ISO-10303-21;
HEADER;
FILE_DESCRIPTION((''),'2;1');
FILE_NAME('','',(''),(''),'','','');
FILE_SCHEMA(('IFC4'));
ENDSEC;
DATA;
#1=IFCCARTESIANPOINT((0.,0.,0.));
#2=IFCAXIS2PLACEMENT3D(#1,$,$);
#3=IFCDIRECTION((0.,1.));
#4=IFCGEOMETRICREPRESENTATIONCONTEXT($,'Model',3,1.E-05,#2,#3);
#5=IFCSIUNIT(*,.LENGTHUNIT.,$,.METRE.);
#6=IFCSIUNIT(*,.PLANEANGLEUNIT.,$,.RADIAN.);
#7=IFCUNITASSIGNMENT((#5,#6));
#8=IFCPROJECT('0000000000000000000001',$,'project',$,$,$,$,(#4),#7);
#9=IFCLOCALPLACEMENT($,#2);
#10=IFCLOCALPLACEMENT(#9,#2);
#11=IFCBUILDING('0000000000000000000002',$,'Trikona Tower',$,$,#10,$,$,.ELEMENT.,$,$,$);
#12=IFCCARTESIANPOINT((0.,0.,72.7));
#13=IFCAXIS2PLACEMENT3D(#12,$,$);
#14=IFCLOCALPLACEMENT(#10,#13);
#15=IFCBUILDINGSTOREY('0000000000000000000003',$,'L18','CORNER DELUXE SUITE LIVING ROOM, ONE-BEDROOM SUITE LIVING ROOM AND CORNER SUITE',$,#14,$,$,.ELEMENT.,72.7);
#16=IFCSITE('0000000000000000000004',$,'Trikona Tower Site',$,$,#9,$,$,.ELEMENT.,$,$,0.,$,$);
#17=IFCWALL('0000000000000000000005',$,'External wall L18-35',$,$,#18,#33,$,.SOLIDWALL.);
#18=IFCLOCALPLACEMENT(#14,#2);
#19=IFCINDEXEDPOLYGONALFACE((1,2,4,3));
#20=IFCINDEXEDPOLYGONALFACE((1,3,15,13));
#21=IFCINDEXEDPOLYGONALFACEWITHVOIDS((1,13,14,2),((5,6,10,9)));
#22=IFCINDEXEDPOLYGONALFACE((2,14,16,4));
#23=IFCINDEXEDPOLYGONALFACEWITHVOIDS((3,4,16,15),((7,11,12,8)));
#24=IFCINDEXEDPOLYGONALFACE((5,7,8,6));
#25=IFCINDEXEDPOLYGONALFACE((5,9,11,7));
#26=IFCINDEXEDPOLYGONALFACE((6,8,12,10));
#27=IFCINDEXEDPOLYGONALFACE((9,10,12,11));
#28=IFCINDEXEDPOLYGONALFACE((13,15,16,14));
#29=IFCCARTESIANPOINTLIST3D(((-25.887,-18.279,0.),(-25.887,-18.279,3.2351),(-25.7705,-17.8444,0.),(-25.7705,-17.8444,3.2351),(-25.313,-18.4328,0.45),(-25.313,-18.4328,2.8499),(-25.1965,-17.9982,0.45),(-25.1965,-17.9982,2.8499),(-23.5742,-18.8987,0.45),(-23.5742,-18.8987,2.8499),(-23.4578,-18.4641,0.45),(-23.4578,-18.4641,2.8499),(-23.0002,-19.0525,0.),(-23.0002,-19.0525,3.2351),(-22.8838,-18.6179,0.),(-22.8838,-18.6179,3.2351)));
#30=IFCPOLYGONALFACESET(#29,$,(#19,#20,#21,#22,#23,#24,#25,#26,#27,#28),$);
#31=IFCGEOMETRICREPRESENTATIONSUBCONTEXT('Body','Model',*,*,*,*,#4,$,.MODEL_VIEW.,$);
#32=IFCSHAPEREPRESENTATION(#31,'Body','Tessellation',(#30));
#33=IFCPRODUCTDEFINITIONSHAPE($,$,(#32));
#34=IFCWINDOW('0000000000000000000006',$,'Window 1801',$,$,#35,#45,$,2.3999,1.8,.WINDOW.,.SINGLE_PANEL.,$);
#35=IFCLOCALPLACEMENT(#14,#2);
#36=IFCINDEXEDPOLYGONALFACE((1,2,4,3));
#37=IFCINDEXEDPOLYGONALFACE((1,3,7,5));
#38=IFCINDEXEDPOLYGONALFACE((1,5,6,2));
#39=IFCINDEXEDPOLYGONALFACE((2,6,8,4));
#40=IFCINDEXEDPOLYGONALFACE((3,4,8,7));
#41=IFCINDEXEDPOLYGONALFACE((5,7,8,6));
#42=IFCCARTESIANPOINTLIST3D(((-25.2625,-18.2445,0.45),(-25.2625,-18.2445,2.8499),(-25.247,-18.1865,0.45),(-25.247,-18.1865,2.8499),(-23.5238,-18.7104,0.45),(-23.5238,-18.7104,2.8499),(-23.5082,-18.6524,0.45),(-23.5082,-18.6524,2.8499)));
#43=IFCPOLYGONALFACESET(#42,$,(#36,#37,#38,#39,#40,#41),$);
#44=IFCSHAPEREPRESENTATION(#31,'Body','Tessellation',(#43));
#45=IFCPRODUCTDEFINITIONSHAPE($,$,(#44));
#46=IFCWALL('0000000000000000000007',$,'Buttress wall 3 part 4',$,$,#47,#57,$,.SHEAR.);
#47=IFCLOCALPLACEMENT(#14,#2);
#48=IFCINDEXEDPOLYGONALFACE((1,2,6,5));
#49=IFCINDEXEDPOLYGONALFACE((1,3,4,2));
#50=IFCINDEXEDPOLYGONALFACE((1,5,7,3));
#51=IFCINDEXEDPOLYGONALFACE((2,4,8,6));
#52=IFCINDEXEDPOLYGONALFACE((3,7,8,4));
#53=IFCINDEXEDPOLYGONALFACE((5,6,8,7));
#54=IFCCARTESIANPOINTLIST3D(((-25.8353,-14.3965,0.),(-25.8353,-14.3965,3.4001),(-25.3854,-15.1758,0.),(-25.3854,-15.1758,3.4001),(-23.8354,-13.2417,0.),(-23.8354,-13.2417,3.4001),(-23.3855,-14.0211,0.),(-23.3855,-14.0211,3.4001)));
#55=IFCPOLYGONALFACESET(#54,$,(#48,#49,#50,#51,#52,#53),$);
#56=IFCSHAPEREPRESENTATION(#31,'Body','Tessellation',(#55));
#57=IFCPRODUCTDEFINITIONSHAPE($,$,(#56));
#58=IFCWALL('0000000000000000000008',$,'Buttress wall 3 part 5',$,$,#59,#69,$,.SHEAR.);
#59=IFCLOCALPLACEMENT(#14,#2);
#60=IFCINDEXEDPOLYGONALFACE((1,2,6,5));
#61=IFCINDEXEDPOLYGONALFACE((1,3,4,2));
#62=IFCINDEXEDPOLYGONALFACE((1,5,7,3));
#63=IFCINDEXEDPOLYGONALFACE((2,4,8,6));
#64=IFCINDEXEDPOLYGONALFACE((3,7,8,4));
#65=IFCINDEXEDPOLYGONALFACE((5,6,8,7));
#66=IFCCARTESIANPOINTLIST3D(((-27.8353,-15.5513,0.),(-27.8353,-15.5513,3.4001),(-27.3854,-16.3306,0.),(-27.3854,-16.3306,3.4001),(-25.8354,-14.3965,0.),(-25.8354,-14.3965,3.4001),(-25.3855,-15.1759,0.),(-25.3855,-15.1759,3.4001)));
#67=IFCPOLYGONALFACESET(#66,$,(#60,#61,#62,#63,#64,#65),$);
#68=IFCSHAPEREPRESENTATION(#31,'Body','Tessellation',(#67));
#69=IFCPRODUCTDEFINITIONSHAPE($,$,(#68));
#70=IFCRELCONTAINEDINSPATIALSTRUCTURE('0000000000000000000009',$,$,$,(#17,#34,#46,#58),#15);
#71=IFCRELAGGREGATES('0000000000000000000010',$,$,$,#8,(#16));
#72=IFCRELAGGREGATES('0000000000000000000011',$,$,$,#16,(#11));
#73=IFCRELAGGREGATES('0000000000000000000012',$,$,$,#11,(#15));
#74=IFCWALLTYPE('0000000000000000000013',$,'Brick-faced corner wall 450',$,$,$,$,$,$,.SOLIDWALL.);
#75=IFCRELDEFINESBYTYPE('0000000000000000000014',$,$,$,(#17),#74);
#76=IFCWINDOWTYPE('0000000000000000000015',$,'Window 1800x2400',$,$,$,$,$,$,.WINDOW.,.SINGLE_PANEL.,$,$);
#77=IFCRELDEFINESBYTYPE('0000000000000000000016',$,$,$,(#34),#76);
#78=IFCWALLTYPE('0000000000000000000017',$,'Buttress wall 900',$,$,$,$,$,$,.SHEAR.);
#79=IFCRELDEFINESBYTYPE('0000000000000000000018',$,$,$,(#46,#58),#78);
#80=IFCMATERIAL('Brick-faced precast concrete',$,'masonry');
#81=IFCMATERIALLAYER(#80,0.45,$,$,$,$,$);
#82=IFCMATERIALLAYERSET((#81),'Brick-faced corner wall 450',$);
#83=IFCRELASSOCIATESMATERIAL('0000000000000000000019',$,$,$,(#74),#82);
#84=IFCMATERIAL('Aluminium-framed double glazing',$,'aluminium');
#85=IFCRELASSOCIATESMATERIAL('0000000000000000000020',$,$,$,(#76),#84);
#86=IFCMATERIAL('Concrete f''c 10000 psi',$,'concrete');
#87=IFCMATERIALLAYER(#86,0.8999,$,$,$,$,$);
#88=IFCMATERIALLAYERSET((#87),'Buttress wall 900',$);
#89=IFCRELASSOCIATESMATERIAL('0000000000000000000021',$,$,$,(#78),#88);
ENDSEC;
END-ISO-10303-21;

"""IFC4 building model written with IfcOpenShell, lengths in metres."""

from ifc_helpers import new_model, si_unit, direction, frame, frame_2d, origin, place, context, subcontext, project, spatial, rectangle, extrude, material, layer, layer_set, type_object, element, fill, save


model = new_model("IFC4")

# Units and contexts
model_context = context("Model", 3, precision=1e-05, world=origin(), true_north=direction((0.0, 1.0)))
body_context = subcontext(model_context, "Body", "Model", "MODEL_VIEW")
ifc_project = project(units=[si_unit("LENGTHUNIT", "METRE"), si_unit("PLANEANGLEUNIT", "RADIAN")], contexts=[model_context])

# Site, building, storey
site_placement = place(None, origin())
site = spatial("IfcSite", under=ifc_project, at=site_placement, Name="Trikona Tower Site", CompositionType="ELEMENT", RefElevation=0.0)
building_placement = place(site_placement, origin())
building = spatial("IfcBuilding", under=site, at=building_placement, Name="Trikona Tower", CompositionType="ELEMENT")
storey_placement = place(building_placement, frame((0.0, 0.0, 72.7)))
storey = spatial("IfcBuildingStorey", under=building, at=storey_placement, Name="L18", Description="CORNER DELUXE SUITE LIVING ROOM, ONE-BEDROOM SUITE LIVING ROOM AND CORNER SUITE", CompositionType="ELEMENT", Elevation=72.7)

# Wall, opening, window
ifc_material_1 = material(Name="Brick-faced precast concrete", Category="masonry")
ifc_layer_1 = layer(ifc_material_1, 0.45)
ifc_layer_set_1 = layer_set([ifc_layer_1], Name="Brick-faced corner wall 450")
wall_type_1 = type_object("IfcWallType", Name="Brick-faced corner wall 450", PredefinedType="SOLIDWALL", material=ifc_layer_set_1)
wall_1_placement = place(storey_placement, frame((-25.8286, -18.0618, 0.0), z_axis=(0.0, 0.0, 1.0), x_axis=(0.965931, -0.258801, 0.0)))
wall_1 = element("IfcWall", 1, at=wall_1_placement, inside=storey, type_object=wall_type_1, Name="External wall L18-35", PredefinedType="SOLIDWALL", context=body_context, shape_type="SweptSolid", body=[
    extrude(rectangle(XDim=2.9885, YDim=0.45, at=frame_2d((1.4941, 0.0))), origin(), (0.0, 0.0, 1.0), 3.2351),
])
opening_1_placement = place(wall_1_placement, frame((0.5942, 0.0, 0.45)))
opening_1 = element("IfcOpeningElement", 2, at=opening_1_placement, cuts=wall_1, PredefinedType="OPENING", context=body_context, shape_type="SweptSolid", body=[
    extrude(rectangle(XDim=1.8, YDim=2.3999, at=frame_2d((0.8999, 1.2))), frame((0.0, 0.2349, 0.0), z_axis=(0.0, -1.0, 0.0), x_axis=(1.0, 0.0, 0.0)), (0.0, 0.0, 1.0), 0.47),
])
ifc_material_2 = material(Name="Aluminium-framed double glazing", Category="aluminium")
window_type_1 = type_object("IfcWindowType", Name="Window 1800x2400", PartitioningType="SINGLE_PANEL", PredefinedType="WINDOW", material=ifc_material_2)
window_1_placement = place(opening_1_placement, origin())
window_1 = element("IfcWindow", 3, at=window_1_placement, inside=storey, type_object=window_type_1, Name="Window 1801", OverallHeight=2.3999, OverallWidth=1.8, PartitioningType="SINGLE_PANEL", PredefinedType="WINDOW", context=body_context, shape_type="SweptSolid", body=[
    extrude(rectangle(XDim=1.8, YDim=2.3999, at=frame_2d((0.8999, 1.2))), frame((0.0, 0.03, 0.0), z_axis=(0.0, -1.0, 0.0), x_axis=(1.0, 0.0, 0.0)), (0.0, 0.0, 1.0), 0.0601),
])
fill(opening_1, window_1)

# Walls
ifc_material_3 = material(Name="Concrete f'c 10000 psi", Category="concrete")
ifc_layer_2 = layer(ifc_material_3, 0.8999)
ifc_layer_set_2 = layer_set([ifc_layer_2], Name="Buttress wall 900")
wall_type_2 = type_object("IfcWallType", Name="Buttress wall 900", PredefinedType="SHEAR", material=ifc_layer_set_2)
for number, where, z_axis, x_axis, name in (
    (4, (-23.6104, -13.6313, 0.0), (0.0, 0.0, 1.0), (-0.86601, -0.500027, 0.0), "Buttress wall 3 part 4"),
    (5, (-25.6104, -14.7861, 0.0), (0.0, 0.0, 1.0), (-0.86601, -0.500027, 0.0), "Buttress wall 3 part 5"),
):
    element("IfcWall", number, at=place(storey_placement, frame(where, z_axis=z_axis, x_axis=x_axis)), inside=storey, type_object=wall_type_2, Name=name, PredefinedType="SHEAR", context=body_context, shape_type="SweptSolid", body=[
        extrude(rectangle(XDim=2.3093, YDim=0.8999, at=frame_2d((1.1548, 0.0))), origin(), (0.0, 0.0, 1.0), 3.4001),
    ])

save(model, "model.ifc")
